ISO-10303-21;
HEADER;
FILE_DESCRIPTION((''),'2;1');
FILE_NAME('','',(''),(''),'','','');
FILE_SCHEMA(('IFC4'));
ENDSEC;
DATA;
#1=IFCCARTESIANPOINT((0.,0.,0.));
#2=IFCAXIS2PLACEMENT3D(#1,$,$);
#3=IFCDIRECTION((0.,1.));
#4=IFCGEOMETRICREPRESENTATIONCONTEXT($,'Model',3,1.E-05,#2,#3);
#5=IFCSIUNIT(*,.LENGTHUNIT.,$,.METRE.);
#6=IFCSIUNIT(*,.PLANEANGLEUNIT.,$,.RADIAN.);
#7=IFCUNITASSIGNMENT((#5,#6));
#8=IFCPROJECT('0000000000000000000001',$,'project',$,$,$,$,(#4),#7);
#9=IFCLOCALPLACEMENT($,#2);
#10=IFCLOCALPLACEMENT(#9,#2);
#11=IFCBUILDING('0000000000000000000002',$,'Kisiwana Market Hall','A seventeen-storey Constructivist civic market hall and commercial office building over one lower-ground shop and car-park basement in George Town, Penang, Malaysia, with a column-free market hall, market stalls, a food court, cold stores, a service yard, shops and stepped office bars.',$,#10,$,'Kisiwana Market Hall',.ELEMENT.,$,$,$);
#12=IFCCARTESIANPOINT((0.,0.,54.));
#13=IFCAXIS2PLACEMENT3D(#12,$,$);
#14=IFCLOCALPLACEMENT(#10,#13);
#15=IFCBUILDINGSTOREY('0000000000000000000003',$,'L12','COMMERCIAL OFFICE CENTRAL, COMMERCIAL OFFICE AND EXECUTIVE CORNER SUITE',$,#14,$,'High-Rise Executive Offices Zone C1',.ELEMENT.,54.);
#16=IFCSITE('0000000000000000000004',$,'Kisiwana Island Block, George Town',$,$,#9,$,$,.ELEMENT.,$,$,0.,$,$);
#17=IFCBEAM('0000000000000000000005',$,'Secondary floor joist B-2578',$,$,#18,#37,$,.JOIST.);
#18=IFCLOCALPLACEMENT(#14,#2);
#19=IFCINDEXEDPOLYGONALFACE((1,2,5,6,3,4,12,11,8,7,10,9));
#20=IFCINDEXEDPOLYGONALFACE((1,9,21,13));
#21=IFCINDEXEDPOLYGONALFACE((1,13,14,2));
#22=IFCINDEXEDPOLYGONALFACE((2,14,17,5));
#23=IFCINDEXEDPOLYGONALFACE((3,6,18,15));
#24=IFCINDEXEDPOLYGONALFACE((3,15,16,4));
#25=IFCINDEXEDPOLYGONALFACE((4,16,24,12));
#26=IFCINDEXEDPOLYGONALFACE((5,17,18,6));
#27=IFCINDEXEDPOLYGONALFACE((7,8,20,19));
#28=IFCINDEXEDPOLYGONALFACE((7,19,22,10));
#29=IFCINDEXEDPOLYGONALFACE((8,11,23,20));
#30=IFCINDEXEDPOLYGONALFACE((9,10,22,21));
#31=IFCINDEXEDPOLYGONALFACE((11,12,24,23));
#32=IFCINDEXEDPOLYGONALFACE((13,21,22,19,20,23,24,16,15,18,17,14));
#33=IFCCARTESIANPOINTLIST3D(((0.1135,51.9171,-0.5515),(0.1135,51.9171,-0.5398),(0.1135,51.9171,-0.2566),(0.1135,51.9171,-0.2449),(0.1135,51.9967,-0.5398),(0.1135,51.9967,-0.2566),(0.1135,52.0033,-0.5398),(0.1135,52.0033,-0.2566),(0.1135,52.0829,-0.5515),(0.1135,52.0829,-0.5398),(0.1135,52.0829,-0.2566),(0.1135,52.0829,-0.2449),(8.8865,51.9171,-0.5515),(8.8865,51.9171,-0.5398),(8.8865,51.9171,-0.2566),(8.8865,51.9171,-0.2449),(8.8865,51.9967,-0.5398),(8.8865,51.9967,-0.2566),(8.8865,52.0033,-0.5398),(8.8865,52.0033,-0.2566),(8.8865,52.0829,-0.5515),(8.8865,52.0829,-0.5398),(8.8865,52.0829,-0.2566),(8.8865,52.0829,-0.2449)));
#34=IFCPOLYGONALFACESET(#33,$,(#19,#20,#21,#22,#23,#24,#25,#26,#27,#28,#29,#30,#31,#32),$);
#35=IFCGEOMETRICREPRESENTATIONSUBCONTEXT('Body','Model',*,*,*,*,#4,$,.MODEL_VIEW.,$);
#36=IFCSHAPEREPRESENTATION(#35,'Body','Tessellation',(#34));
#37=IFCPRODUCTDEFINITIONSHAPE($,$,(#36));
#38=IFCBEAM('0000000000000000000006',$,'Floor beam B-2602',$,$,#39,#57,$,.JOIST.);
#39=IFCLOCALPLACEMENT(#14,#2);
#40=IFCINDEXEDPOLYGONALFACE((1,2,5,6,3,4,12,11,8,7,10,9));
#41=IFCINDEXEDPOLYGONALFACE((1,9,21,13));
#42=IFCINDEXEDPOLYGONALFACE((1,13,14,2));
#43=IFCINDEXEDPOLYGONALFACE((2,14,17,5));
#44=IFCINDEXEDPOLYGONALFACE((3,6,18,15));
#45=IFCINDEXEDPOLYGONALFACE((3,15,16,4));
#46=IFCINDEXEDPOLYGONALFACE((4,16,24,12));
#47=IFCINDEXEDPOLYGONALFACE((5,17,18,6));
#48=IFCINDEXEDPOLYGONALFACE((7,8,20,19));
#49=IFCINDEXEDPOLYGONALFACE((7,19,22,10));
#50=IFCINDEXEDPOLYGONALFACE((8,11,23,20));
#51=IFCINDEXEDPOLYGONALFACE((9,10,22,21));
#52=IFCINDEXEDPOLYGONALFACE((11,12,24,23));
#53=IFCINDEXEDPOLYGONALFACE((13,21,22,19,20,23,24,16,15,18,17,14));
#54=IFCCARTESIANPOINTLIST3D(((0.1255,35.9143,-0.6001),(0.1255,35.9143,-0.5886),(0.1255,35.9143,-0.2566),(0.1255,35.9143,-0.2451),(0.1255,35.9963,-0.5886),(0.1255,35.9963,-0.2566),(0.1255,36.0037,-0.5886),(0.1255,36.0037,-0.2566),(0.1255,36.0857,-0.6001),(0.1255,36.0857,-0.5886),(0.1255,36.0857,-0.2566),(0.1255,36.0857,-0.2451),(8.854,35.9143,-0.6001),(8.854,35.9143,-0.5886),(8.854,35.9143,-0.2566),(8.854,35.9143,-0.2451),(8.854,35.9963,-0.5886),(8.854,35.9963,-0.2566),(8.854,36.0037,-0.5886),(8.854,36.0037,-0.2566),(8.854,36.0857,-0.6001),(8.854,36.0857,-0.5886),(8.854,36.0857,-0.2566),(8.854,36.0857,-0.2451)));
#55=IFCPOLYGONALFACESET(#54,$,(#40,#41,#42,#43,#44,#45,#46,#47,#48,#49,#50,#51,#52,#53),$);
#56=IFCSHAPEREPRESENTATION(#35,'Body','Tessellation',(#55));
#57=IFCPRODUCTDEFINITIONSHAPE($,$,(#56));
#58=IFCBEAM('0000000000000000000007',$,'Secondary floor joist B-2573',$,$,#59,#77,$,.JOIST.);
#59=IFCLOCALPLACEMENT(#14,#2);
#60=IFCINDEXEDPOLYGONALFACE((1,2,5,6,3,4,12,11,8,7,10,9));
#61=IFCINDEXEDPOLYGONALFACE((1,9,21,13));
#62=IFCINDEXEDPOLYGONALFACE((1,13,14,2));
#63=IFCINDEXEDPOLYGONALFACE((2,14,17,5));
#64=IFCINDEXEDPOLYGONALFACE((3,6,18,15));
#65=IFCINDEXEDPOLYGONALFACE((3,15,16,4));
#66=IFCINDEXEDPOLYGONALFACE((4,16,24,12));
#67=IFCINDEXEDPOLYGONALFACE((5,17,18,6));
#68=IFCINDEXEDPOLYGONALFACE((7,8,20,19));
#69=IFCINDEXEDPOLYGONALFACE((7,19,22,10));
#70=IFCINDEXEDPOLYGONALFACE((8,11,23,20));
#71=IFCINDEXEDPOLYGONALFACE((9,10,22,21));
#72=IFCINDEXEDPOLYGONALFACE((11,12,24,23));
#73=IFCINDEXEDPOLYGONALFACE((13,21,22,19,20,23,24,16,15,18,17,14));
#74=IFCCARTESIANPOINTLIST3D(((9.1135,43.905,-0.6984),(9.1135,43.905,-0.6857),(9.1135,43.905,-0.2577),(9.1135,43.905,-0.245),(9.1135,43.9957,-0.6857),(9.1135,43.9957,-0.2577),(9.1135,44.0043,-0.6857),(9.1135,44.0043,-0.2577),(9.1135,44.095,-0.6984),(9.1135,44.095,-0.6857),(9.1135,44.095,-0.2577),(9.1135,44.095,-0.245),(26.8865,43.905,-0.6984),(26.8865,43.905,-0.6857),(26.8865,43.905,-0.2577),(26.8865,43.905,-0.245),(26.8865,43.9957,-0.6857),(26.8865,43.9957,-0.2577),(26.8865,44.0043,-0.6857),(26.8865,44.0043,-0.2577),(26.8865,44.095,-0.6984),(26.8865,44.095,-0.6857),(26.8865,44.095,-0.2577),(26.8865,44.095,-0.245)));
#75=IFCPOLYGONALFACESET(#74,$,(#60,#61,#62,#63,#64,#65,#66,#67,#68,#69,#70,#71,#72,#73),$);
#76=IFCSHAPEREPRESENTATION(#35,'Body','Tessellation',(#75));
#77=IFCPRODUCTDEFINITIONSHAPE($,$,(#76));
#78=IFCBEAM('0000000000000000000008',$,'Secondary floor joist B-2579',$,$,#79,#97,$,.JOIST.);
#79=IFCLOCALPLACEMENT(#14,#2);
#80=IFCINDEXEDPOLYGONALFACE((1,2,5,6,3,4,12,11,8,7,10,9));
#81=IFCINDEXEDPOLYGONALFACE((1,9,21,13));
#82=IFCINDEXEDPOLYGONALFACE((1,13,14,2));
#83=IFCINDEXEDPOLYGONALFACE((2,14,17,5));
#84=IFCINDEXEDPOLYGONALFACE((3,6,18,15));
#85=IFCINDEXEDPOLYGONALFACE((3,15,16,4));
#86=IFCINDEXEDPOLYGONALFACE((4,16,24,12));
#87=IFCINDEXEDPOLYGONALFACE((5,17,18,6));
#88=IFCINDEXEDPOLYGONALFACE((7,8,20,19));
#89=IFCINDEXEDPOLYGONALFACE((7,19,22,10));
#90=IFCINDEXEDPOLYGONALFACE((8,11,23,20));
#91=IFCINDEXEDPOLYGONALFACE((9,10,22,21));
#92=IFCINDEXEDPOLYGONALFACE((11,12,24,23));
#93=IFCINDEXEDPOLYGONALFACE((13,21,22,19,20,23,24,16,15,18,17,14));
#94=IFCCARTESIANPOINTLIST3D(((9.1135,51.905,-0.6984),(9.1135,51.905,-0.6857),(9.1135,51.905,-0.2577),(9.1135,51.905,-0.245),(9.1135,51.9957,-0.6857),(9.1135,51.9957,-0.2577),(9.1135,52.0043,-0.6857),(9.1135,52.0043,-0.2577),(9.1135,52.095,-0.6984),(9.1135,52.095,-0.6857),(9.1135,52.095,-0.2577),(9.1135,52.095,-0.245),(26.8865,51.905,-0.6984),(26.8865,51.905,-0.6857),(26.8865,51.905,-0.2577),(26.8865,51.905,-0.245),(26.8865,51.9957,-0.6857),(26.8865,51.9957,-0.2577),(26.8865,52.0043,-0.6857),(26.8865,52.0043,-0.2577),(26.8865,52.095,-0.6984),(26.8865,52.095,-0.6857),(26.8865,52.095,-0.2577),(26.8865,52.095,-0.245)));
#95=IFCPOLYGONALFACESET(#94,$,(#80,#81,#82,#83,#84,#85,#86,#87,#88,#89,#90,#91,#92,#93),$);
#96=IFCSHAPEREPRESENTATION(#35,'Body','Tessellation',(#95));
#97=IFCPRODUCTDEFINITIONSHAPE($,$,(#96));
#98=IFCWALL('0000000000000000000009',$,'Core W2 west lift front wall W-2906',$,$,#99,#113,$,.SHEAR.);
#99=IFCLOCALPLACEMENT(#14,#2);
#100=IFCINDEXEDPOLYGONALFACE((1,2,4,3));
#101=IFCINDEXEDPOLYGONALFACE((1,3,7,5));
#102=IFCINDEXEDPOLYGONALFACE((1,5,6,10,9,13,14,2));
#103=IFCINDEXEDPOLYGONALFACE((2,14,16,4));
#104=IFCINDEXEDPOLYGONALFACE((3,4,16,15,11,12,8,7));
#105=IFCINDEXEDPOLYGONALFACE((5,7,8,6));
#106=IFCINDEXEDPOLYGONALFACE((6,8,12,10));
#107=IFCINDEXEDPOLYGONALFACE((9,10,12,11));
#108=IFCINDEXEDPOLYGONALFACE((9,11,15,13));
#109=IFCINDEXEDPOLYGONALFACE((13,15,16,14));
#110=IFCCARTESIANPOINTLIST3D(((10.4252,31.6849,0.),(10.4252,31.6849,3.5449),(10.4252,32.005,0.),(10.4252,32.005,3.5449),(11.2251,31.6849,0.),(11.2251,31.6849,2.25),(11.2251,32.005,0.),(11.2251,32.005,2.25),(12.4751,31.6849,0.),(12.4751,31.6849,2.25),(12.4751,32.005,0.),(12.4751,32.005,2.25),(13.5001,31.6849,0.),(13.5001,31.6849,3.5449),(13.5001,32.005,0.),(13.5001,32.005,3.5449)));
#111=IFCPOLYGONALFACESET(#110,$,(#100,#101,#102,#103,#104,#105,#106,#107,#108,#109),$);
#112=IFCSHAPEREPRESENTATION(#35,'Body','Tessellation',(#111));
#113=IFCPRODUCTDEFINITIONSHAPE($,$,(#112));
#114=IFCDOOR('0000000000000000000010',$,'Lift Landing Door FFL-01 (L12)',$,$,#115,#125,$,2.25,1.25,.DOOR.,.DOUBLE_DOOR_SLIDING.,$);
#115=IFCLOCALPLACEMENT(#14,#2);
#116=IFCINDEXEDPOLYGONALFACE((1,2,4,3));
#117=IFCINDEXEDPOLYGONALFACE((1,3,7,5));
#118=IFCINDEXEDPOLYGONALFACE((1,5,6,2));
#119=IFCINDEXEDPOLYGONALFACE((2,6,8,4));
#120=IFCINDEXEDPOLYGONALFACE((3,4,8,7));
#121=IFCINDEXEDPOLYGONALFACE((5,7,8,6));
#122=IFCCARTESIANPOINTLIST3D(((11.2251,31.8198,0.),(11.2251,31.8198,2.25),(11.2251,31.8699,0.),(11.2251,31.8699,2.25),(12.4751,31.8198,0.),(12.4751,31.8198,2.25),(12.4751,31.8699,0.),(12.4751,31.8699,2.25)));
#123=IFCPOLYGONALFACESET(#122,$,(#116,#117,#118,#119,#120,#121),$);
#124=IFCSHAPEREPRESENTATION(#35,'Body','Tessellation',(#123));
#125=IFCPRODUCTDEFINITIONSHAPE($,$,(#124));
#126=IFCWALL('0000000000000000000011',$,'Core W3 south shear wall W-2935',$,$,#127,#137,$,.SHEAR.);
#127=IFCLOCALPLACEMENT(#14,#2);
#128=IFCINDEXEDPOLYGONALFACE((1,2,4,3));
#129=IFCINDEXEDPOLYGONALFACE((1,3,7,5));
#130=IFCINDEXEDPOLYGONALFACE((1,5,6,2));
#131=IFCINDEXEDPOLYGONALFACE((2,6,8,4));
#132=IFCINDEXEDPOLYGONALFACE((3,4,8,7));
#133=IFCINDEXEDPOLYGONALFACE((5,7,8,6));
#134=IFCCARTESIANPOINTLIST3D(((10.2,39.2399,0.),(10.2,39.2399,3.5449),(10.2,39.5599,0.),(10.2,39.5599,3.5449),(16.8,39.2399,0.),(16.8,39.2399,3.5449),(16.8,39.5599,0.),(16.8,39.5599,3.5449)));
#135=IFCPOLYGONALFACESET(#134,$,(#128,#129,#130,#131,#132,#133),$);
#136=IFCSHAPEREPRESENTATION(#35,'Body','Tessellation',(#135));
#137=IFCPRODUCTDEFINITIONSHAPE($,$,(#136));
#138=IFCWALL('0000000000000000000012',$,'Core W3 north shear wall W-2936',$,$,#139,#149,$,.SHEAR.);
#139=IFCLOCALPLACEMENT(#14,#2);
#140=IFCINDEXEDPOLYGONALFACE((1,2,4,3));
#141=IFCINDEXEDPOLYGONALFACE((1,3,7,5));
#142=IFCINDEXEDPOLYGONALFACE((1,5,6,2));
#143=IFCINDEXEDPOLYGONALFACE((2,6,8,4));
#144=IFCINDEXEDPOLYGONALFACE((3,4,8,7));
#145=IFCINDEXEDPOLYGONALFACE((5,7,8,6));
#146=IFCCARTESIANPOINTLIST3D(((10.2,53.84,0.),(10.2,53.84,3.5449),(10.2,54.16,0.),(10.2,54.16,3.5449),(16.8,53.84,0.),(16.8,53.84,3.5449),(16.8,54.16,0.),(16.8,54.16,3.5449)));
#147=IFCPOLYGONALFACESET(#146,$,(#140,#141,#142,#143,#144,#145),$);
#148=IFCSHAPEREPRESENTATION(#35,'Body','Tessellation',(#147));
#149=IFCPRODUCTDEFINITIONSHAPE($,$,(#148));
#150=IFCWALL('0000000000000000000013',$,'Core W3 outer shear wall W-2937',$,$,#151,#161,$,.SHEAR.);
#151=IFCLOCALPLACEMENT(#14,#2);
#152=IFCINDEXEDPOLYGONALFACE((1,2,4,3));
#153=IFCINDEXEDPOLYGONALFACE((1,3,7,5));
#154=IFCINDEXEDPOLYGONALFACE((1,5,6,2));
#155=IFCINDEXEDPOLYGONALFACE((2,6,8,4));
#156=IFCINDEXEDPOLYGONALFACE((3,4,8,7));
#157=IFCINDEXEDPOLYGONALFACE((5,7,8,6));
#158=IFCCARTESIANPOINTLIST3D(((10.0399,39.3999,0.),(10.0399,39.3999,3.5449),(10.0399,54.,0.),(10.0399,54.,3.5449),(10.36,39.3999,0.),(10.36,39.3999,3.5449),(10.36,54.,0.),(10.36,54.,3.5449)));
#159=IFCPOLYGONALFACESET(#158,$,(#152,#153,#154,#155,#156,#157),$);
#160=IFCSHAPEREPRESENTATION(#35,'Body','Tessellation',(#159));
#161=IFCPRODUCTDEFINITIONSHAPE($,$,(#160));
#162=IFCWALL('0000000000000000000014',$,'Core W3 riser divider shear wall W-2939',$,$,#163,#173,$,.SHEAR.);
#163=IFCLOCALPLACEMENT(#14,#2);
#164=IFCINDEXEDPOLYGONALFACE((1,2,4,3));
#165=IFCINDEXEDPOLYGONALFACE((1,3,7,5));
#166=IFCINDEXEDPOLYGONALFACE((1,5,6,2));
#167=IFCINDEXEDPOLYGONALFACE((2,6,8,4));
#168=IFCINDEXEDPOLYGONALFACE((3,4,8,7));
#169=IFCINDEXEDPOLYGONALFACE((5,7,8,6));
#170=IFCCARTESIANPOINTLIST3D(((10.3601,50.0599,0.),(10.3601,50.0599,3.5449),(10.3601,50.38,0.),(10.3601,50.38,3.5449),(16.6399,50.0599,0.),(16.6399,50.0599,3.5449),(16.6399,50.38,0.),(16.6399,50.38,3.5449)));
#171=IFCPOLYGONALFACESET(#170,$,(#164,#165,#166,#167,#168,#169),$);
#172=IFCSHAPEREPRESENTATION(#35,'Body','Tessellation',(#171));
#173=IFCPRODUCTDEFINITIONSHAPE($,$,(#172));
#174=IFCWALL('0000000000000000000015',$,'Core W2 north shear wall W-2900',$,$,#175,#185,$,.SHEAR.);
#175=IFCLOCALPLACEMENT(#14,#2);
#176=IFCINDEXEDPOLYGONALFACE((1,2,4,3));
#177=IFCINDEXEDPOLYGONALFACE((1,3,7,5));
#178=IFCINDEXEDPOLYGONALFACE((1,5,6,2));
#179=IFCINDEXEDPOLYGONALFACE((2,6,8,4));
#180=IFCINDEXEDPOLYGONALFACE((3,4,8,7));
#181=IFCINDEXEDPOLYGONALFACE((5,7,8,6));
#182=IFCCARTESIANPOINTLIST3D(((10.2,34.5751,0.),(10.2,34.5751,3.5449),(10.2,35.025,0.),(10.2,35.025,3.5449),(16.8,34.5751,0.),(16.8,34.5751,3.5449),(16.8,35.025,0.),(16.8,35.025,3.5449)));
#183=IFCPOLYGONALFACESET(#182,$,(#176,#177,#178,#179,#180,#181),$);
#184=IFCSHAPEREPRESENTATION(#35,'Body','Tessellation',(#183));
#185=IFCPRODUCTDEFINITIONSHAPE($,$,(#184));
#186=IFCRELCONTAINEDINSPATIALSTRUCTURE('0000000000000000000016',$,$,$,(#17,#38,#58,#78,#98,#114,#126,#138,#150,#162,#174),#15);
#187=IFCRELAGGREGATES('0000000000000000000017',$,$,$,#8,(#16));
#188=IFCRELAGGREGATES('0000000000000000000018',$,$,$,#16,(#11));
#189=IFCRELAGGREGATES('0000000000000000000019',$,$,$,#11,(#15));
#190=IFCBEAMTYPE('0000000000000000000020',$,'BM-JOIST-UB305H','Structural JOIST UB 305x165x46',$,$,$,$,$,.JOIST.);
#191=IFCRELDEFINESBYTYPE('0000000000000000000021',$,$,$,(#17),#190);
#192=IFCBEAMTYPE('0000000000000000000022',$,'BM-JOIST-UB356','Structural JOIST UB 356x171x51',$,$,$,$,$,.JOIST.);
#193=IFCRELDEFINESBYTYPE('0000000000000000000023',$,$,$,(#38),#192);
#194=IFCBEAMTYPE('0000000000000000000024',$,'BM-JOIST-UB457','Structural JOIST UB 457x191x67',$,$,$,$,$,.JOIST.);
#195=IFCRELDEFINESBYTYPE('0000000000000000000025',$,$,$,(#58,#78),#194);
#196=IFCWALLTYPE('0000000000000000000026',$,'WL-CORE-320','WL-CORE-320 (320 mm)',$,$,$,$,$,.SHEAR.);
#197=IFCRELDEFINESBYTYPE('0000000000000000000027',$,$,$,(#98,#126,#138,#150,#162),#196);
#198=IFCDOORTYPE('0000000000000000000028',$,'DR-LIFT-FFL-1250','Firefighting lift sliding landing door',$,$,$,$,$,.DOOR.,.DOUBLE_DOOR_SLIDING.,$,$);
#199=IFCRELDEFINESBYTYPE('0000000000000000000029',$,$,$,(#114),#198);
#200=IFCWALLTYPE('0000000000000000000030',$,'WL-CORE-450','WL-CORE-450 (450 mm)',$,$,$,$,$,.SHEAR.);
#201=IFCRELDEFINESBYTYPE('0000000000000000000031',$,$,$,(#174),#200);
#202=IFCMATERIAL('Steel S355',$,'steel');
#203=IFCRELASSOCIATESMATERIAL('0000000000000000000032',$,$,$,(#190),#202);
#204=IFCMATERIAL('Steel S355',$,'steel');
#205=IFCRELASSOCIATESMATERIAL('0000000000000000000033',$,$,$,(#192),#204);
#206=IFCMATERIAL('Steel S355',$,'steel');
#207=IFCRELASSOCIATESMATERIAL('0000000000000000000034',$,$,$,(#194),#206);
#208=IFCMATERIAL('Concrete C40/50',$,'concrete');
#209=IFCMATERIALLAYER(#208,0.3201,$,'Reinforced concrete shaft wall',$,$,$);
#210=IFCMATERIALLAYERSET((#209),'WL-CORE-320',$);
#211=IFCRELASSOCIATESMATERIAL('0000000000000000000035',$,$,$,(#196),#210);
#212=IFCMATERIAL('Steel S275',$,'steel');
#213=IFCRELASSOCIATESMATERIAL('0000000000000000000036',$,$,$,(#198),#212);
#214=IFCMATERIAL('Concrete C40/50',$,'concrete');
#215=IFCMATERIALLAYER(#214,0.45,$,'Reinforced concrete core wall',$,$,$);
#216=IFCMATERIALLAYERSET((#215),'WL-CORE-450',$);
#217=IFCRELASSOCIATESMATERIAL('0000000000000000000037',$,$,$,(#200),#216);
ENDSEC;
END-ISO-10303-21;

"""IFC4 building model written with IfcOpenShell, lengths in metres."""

from ifc_helpers import new_model, si_unit, direction, frame, frame_2d, origin, origin_2d, place, context, subcontext, project, spatial, rectangle, i_section, extrude, material, layer, layer_set, material_profile, profile_set, type_object, element, fill, save


model = new_model("IFC4")

# Units and contexts
model_context = context("Model", 3, precision=1e-05, world=origin(), true_north=direction((0.0, 1.0)))
body_context = subcontext(model_context, "Body", "Model", "MODEL_VIEW")
ifc_project = project(units=[si_unit("LENGTHUNIT", "METRE"), si_unit("PLANEANGLEUNIT", "RADIAN")], contexts=[model_context])

# Site, building, storey
site_placement = place(None, origin())
site = spatial("IfcSite", under=ifc_project, at=site_placement, Name="Kisiwana Island Block, George Town", CompositionType="ELEMENT", RefElevation=0.0)
building_placement = place(site_placement, origin())
building = spatial("IfcBuilding", under=site, at=building_placement, Name="Kisiwana Market Hall", Description="A seventeen-storey Constructivist civic market hall and commercial office building over one lower-ground shop and car-park basement in George Town, Penang, Malaysia, with a column-free market hall, market stalls, a food court, cold stores, a service yard, shops and stepped office bars.", LongName="Kisiwana Market Hall", CompositionType="ELEMENT")
storey_placement = place(building_placement, frame((0.0, 0.0, 54.0)))
storey = spatial("IfcBuildingStorey", under=building, at=storey_placement, Name="L12", Description="COMMERCIAL OFFICE CENTRAL, COMMERCIAL OFFICE AND EXECUTIVE CORNER SUITE", LongName="High-Rise Executive Offices Zone C1", CompositionType="ELEMENT", Elevation=54.0)

# Beams
ifc_material_1 = material(Name="Steel S355", Category="steel")
ifc_material_profile_1 = material_profile(ifc_material_1, i_section(OverallWidth=0.1658, OverallDepth=0.3066, WebThickness=0.0066, FlangeThickness=0.0117, at=origin_2d()), Name="UB 305x165x46")
ifc_profile_set_1 = profile_set([ifc_material_profile_1], Name="Steel S355")
beam_type_1 = type_object("IfcBeamType", Name="BM-JOIST-UB305H", Description="Structural JOIST UB 305x165x46", PredefinedType="JOIST", material=ifc_profile_set_1)
for number, where, z_axis, x_axis, name in (
    (1, (0.1135, 52.0, -0.3982), (1.0, 0.0, 0.0), (0.0, 1.0, 0.0), "Secondary floor joist B-2578"),
):
    element("IfcBeam", number, at=place(storey_placement, frame(where, z_axis=z_axis, x_axis=x_axis)), inside=storey, type_object=beam_type_1, Name=name, PredefinedType="JOIST", context=body_context, shape_type="SweptSolid", body=[
        extrude(i_section(OverallWidth=0.1658, OverallDepth=0.3066, WebThickness=0.0066, FlangeThickness=0.0117, at=origin_2d()), origin(), (0.0, 0.0, 1.0), 8.7729),
    ])
ifc_material_2 = material(Name="Steel S355", Category="steel")
ifc_material_profile_2 = material_profile(ifc_material_2, i_section(OverallWidth=0.1714, OverallDepth=0.355, WebThickness=0.0073, FlangeThickness=0.0115, at=origin_2d()), Name="UB 356x171x51")
ifc_profile_set_2 = profile_set([ifc_material_profile_2], Name="Steel S355")
beam_type_2 = type_object("IfcBeamType", Name="BM-JOIST-UB356", Description="Structural JOIST UB 356x171x51", PredefinedType="JOIST", material=ifc_profile_set_2)
beam_1_placement = place(storey_placement, frame((0.1255, 36.0, -0.4226), z_axis=(1.0, 0.0, 0.0), x_axis=(0.0, 1.0, 0.0)))
element("IfcBeam", 2, at=beam_1_placement, inside=storey, type_object=beam_type_2, Name="Floor beam B-2602", PredefinedType="JOIST", context=body_context, shape_type="SweptSolid", body=[
    extrude(i_section(OverallWidth=0.1714, OverallDepth=0.355, WebThickness=0.0073, FlangeThickness=0.0115, at=origin_2d()), origin(), (0.0, 0.0, 1.0), 8.7285),
])
ifc_material_3 = material(Name="Steel S355", Category="steel")
ifc_material_profile_3 = material_profile(ifc_material_3, i_section(OverallWidth=0.1899, OverallDepth=0.4534, WebThickness=0.0085, FlangeThickness=0.0127, at=origin_2d()), Name="UB 457x191x67")
ifc_profile_set_3 = profile_set([ifc_material_profile_3], Name="Steel S355")
beam_type_3 = type_object("IfcBeamType", Name="BM-JOIST-UB457", Description="Structural JOIST UB 457x191x67", PredefinedType="JOIST", material=ifc_profile_set_3)
for number, where, z_axis, x_axis, name in (
    (3, (9.1135, 44.0, -0.4717), (1.0, 0.0, 0.0), (0.0, 1.0, 0.0), "Secondary floor joist B-2573"),
    (4, (9.1135, 52.0, -0.4717), (1.0, 0.0, 0.0), (0.0, 1.0, 0.0), "Secondary floor joist B-2579"),
):
    element("IfcBeam", number, at=place(storey_placement, frame(where, z_axis=z_axis, x_axis=x_axis)), inside=storey, type_object=beam_type_3, Name=name, PredefinedType="JOIST", context=body_context, shape_type="SweptSolid", body=[
        extrude(i_section(OverallWidth=0.1899, OverallDepth=0.4534, WebThickness=0.0085, FlangeThickness=0.0127, at=origin_2d()), origin(), (0.0, 0.0, 1.0), 17.7729),
    ])

# Wall, opening, door
ifc_material_4 = material(Name="Concrete C40/50", Category="concrete")
ifc_layer_1 = layer(ifc_material_4, 0.3201, Name="Reinforced concrete shaft wall")
ifc_layer_set_1 = layer_set([ifc_layer_1], Name="WL-CORE-320")
wall_type_1 = type_object("IfcWallType", Name="WL-CORE-320", Description="WL-CORE-320 (320 mm)", PredefinedType="SHEAR", material=ifc_layer_set_1)
wall_1_placement = place(storey_placement, frame((10.425, 31.845, 0.0), z_axis=(0.0, 0.0, 1.0), x_axis=(1.0, 0.0, 0.0)))
wall_1 = element("IfcWall", 5, at=wall_1_placement, inside=storey, type_object=wall_type_1, Name="Core W2 west lift front wall W-2906", PredefinedType="SHEAR", context=body_context, shape_type="SweptSolid", body=[
    extrude(rectangle(XDim=3.075, YDim=0.3201, at=frame_2d((1.5376, 0.0))), origin(), (0.0, 0.0, 1.0), 3.5449),
])
opening_1_placement = place(wall_1_placement, frame((0.8, 0.0, 0.0)))
opening_1 = element("IfcOpeningElement", 6, at=opening_1_placement, cuts=wall_1, PredefinedType="OPENING", context=body_context, shape_type="SweptSolid", body=[
    extrude(rectangle(XDim=1.25, YDim=2.25, at=frame_2d((0.625, 1.125))), frame((0.0, 0.1719, 0.0), z_axis=(0.0, -1.0, 0.0), x_axis=(1.0, 0.0, 0.0)), (0.0, 0.0, 1.0), 0.344),
])
ifc_material_5 = material(Name="Steel S275", Category="steel")
door_type_1 = type_object("IfcDoorType", Name="DR-LIFT-FFL-1250", Description="Firefighting lift sliding landing door", OperationType="DOUBLE_DOOR_SLIDING", PredefinedType="DOOR", material=ifc_material_5)
door_1_placement = place(opening_1_placement, origin())
door_1 = element("IfcDoor", 7, at=door_1_placement, inside=storey, type_object=door_type_1, Name="Lift Landing Door FFL-01 (L12)", OperationType="DOUBLE_DOOR_SLIDING", OverallHeight=2.25, OverallWidth=1.25, PredefinedType="DOOR", context=body_context, shape_type="SweptSolid", body=[
    extrude(rectangle(XDim=1.25, YDim=2.25, at=frame_2d((0.625, 1.125))), frame((0.0, 0.0249, 0.0), z_axis=(0.0, -1.0, 0.0), x_axis=(1.0, 0.0, 0.0)), (0.0, 0.0, 1.0), 0.05),
])
fill(opening_1, door_1)

# Walls
for number, where, z_axis, x_axis, name in (
    (8, (10.2, 39.3999, 0.0), (0.0, 0.0, 1.0), (1.0, 0.0, 0.0), "Core W3 south shear wall W-2935"),
    (9, (10.2, 54.0, 0.0), (0.0, 0.0, 1.0), (1.0, 0.0, 0.0), "Core W3 north shear wall W-2936"),
):
    element("IfcWall", number, at=place(storey_placement, frame(where, z_axis=z_axis, x_axis=x_axis)), inside=storey, type_object=wall_type_1, Name=name, PredefinedType="SHEAR", context=body_context, shape_type="SweptSolid", body=[
        extrude(rectangle(XDim=6.6001, YDim=0.3201, at=frame_2d((3.3, 0.0))), origin(), (0.0, 0.0, 1.0), 3.5449),
    ])
wall_2_placement = place(storey_placement, frame((10.2, 39.3999, 0.0), z_axis=(0.0, 0.0, 1.0), x_axis=(0.0, 1.0, 0.0)))
element("IfcWall", 10, at=wall_2_placement, inside=storey, type_object=wall_type_1, Name="Core W3 outer shear wall W-2937", PredefinedType="SHEAR", context=body_context, shape_type="SweptSolid", body=[
    extrude(rectangle(XDim=14.6001, YDim=0.3201, at=frame_2d((7.3, 0.0))), origin(), (0.0, 0.0, 1.0), 3.5449),
])
wall_3_placement = place(storey_placement, frame((10.3601, 50.22, 0.0), z_axis=(0.0, 0.0, 1.0), x_axis=(1.0, 0.0, 0.0)))
element("IfcWall", 11, at=wall_3_placement, inside=storey, type_object=wall_type_1, Name="Core W3 riser divider shear wall W-2939", PredefinedType="SHEAR", context=body_context, shape_type="SweptSolid", body=[
    extrude(rectangle(XDim=6.2798, YDim=0.3201, at=frame_2d((3.1399, 0.0))), origin(), (0.0, 0.0, 1.0), 3.5449),
])
ifc_material_6 = material(Name="Concrete C40/50", Category="concrete")
ifc_layer_2 = layer(ifc_material_6, 0.45, Name="Reinforced concrete core wall")
ifc_layer_set_2 = layer_set([ifc_layer_2], Name="WL-CORE-450")
wall_type_2 = type_object("IfcWallType", Name="WL-CORE-450", Description="WL-CORE-450 (450 mm)", PredefinedType="SHEAR", material=ifc_layer_set_2)
wall_4_placement = place(storey_placement, frame((10.2, 34.8, 0.0), z_axis=(0.0, 0.0, 1.0), x_axis=(1.0, 0.0, 0.0)))
element("IfcWall", 12, at=wall_4_placement, inside=storey, type_object=wall_type_2, Name="Core W2 north shear wall W-2900", PredefinedType="SHEAR", context=body_context, shape_type="SweptSolid", body=[
    extrude(rectangle(XDim=6.6001, YDim=0.45, at=frame_2d((3.3, 0.0))), origin(), (0.0, 0.0, 1.0), 3.5449),
])

save(model, "model.ifc")
